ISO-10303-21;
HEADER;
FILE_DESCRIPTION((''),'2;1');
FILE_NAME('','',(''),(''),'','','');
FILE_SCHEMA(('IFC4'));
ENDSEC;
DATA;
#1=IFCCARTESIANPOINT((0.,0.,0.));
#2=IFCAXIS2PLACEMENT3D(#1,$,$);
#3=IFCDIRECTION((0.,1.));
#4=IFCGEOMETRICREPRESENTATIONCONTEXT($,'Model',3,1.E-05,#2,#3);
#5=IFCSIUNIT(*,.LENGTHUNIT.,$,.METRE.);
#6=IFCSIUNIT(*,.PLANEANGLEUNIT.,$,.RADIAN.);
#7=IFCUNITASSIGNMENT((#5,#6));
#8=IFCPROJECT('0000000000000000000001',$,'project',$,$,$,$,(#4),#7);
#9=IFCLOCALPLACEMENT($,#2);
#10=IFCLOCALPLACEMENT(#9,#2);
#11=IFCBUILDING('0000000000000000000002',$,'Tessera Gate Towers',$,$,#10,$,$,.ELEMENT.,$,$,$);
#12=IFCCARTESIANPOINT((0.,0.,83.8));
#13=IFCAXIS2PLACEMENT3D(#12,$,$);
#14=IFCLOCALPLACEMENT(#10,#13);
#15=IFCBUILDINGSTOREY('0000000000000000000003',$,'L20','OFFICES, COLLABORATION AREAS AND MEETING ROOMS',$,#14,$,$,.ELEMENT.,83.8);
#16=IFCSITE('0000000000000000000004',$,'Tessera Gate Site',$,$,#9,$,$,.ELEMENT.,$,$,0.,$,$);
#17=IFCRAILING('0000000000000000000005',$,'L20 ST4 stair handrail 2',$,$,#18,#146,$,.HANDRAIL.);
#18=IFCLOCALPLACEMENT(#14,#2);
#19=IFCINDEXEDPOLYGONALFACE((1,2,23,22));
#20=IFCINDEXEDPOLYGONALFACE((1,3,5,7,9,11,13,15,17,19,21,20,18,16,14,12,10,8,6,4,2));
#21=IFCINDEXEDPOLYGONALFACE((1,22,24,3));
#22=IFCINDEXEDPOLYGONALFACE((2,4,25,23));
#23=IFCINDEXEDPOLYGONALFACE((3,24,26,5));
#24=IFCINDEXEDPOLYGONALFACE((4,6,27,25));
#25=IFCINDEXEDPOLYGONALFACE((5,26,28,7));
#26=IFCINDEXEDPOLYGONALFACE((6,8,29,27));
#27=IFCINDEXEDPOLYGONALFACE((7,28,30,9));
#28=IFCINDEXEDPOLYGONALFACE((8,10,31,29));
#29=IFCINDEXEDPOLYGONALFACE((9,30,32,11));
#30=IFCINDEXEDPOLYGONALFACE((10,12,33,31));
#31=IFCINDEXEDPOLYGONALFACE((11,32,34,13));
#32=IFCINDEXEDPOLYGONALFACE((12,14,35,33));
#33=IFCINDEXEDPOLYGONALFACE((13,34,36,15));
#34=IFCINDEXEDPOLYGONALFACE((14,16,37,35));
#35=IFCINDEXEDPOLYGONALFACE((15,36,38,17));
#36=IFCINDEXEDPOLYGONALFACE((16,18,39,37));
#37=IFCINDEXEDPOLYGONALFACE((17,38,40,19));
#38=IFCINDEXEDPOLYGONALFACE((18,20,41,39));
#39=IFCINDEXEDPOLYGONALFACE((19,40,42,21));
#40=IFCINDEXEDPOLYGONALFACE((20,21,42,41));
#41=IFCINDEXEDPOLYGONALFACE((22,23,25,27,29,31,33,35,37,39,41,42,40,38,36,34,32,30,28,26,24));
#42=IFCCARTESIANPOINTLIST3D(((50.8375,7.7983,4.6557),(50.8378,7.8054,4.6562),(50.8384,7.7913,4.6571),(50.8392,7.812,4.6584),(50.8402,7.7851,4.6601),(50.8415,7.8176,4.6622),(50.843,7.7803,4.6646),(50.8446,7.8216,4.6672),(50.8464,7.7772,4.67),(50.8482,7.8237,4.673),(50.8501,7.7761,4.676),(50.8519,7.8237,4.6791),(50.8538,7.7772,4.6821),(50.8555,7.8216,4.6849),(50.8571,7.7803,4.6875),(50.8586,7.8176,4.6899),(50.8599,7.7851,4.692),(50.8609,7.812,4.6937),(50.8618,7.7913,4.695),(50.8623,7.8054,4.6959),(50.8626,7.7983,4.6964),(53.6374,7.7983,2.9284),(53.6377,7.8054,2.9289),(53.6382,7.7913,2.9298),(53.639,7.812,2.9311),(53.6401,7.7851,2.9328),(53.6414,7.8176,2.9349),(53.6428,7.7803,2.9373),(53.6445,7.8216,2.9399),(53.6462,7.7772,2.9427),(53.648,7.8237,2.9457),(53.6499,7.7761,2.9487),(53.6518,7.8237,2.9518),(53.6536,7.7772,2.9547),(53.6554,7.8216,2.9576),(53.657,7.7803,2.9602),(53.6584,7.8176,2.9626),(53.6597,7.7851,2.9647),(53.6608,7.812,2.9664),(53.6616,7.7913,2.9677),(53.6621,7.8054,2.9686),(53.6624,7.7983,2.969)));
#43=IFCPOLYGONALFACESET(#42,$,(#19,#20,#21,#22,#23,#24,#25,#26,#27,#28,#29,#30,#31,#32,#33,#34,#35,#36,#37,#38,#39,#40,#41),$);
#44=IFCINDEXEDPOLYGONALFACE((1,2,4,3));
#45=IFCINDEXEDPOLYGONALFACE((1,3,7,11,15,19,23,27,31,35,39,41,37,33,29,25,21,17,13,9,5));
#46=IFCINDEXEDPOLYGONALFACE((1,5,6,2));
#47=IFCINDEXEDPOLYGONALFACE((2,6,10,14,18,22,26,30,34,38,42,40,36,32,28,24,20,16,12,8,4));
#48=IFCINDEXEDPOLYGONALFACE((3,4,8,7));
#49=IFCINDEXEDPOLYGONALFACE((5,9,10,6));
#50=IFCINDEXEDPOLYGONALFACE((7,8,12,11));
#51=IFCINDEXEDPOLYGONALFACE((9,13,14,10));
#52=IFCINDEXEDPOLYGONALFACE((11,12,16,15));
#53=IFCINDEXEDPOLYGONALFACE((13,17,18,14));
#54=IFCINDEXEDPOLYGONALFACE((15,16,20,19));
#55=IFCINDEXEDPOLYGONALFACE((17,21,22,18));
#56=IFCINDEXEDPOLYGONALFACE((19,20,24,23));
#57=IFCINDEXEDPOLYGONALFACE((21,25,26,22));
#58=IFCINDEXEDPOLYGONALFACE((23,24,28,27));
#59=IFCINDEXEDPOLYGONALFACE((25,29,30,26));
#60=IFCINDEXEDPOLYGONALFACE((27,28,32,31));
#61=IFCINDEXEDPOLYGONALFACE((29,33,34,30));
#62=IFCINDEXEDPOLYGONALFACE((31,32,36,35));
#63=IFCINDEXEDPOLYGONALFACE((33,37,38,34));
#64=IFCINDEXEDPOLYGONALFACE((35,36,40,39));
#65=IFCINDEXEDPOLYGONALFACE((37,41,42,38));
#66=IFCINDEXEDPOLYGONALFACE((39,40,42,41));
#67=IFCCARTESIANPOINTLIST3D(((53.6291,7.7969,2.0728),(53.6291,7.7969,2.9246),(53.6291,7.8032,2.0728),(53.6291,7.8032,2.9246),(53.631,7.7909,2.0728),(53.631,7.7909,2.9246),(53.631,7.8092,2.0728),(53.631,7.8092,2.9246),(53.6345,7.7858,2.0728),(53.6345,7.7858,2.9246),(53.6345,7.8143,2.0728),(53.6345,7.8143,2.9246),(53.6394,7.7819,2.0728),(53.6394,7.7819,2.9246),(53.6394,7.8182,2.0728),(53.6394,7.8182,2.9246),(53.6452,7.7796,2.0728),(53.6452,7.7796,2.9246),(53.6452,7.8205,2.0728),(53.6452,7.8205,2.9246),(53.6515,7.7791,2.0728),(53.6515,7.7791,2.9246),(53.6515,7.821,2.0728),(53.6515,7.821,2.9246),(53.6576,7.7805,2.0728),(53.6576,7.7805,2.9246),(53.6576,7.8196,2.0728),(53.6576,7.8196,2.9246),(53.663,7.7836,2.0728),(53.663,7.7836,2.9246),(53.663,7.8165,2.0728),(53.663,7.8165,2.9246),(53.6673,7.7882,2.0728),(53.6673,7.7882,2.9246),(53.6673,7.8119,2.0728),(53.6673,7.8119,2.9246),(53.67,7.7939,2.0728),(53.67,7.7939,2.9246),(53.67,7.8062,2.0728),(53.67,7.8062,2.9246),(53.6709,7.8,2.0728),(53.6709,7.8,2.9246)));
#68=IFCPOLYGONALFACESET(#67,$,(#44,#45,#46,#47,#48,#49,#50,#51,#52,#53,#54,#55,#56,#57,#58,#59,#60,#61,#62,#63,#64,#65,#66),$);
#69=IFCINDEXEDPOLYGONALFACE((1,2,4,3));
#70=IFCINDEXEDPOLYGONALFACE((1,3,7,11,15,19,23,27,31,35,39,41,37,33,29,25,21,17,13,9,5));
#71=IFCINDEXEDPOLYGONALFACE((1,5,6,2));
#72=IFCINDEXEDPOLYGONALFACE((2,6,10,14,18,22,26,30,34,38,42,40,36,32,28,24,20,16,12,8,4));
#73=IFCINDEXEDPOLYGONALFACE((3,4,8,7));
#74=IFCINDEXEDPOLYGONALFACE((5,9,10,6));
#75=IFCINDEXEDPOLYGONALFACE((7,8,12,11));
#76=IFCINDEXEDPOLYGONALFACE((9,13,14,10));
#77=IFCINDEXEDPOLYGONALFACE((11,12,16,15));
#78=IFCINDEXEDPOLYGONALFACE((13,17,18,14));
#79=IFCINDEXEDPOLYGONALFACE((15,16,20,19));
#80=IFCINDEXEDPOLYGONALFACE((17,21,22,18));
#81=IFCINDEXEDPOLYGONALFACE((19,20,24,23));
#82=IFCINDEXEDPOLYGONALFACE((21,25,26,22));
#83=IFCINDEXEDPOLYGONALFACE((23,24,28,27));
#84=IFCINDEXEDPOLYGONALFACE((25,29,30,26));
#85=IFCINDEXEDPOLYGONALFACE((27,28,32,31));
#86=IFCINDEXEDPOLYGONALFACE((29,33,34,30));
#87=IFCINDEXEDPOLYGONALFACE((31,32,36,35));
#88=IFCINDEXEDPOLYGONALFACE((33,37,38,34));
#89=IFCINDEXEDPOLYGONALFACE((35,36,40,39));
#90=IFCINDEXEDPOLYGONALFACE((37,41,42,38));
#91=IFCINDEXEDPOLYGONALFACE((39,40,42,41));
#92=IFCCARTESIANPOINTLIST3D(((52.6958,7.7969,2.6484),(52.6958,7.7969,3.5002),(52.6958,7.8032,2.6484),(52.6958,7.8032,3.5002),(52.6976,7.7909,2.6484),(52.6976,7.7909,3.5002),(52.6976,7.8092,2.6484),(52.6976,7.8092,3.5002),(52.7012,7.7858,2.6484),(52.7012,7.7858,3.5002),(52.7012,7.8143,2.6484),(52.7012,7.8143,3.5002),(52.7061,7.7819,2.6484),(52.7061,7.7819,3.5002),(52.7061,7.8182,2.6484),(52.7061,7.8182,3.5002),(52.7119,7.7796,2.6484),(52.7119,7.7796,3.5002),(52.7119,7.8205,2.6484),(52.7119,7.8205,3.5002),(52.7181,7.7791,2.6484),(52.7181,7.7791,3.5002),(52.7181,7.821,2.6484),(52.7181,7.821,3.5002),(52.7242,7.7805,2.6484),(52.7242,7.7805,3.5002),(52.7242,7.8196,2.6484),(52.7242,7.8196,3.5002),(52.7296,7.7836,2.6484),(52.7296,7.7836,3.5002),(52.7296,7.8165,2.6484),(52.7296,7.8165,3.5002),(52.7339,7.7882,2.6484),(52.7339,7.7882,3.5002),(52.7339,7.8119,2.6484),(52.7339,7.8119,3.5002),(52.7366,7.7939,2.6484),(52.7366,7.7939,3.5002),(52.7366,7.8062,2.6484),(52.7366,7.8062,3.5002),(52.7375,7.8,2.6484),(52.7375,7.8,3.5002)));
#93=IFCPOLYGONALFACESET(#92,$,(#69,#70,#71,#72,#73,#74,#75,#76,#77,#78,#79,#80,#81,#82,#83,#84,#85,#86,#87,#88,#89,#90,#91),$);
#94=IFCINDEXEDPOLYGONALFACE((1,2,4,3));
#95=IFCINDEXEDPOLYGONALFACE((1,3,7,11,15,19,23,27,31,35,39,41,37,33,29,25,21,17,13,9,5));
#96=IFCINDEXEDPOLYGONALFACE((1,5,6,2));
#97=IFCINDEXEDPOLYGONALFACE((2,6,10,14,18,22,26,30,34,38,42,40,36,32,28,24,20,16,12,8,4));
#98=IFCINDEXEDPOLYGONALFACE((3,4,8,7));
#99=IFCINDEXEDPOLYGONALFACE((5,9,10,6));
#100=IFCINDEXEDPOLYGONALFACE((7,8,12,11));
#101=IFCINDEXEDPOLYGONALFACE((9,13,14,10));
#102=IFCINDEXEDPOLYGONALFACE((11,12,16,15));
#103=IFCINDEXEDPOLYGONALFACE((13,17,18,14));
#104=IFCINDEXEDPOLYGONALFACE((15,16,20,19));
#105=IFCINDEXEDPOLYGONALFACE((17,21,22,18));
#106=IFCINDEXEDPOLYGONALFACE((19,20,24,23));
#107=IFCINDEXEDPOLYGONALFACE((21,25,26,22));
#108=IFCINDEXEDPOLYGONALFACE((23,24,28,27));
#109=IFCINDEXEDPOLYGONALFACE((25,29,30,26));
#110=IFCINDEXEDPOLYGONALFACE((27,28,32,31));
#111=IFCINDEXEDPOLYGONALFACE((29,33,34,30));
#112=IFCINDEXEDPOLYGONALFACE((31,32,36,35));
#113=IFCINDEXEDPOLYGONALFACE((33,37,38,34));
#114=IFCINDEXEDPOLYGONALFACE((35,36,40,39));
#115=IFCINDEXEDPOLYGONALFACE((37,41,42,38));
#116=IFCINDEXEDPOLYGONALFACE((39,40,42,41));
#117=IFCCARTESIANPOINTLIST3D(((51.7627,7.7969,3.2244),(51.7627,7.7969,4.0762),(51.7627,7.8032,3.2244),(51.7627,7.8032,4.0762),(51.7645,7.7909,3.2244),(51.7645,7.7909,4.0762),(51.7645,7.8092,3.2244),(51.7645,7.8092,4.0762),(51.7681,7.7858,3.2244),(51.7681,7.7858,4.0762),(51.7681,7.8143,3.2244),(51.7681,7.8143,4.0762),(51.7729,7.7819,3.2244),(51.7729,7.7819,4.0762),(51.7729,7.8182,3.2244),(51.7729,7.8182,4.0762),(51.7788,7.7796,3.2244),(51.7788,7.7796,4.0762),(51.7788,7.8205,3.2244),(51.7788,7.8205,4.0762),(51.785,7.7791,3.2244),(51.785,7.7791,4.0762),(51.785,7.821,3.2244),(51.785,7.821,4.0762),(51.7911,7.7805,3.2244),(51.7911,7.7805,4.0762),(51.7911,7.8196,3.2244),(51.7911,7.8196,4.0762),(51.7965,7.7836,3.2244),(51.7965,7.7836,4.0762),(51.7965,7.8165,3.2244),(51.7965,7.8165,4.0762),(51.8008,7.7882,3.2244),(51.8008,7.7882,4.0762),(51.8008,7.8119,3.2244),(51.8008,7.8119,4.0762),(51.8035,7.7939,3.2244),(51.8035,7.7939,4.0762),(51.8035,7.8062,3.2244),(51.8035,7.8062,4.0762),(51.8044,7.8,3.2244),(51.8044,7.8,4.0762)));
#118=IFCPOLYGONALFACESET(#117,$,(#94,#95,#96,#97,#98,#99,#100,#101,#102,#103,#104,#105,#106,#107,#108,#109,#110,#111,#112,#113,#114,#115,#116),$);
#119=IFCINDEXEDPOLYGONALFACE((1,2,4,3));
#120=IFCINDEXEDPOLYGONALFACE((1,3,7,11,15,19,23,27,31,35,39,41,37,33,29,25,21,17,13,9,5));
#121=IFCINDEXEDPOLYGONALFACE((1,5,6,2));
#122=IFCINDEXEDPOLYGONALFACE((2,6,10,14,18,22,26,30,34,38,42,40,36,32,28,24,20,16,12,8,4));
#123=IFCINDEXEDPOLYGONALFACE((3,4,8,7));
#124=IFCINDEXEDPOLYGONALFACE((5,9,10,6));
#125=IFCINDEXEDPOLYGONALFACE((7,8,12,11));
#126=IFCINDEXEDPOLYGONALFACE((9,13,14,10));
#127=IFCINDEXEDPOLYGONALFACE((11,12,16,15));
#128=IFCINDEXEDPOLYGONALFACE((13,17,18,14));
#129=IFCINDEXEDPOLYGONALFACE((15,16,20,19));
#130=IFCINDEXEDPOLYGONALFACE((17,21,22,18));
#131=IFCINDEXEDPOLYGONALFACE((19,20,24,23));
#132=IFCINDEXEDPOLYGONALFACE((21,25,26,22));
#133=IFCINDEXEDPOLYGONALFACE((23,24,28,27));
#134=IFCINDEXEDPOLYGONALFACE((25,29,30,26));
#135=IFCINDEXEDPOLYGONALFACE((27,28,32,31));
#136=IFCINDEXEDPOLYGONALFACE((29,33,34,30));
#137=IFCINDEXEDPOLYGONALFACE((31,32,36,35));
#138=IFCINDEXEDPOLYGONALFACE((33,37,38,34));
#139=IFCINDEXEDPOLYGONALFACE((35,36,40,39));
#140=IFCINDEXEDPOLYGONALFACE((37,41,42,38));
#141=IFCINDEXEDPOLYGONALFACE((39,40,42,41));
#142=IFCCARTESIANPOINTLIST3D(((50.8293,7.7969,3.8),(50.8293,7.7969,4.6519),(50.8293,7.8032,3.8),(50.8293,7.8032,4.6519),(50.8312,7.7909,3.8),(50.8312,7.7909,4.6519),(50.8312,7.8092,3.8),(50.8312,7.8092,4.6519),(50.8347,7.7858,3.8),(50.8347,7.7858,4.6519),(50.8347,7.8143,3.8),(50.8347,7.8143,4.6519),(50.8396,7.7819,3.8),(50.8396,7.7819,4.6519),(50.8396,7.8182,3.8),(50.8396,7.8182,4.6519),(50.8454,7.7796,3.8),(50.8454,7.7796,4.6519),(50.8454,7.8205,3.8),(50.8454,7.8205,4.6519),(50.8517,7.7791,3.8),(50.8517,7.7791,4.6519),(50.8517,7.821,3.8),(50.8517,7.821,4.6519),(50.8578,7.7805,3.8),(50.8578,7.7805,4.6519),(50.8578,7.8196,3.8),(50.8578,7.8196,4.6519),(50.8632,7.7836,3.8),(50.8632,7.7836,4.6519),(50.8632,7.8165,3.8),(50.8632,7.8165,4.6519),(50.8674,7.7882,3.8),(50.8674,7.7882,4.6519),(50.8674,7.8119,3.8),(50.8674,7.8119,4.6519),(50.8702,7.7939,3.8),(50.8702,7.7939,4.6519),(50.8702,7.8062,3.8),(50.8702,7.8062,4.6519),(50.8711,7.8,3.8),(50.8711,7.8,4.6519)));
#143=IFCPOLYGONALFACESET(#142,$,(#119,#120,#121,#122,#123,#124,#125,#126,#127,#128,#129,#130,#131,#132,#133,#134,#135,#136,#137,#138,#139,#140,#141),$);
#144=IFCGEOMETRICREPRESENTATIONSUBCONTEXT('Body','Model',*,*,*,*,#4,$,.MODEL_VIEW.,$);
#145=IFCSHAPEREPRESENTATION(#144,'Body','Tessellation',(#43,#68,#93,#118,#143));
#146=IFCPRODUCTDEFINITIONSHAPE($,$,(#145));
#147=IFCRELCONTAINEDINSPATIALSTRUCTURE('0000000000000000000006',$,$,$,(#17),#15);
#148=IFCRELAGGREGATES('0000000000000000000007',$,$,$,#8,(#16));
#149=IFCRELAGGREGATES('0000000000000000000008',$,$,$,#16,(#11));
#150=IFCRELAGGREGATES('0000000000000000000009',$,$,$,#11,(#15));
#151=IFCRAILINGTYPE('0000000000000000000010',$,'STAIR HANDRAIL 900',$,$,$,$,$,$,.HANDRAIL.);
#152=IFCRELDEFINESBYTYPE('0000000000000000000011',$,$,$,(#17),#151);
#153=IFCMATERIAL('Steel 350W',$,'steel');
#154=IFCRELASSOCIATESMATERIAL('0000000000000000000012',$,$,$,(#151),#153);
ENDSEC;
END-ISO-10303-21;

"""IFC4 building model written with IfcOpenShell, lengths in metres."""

from ifc_helpers import new_model, si_unit, direction, frame, origin, origin_2d, place, context, subcontext, project, spatial, circle, extrude, material, type_object, element, save


model = new_model("IFC4")

# Units and contexts
model_context = context("Model", 3, precision=1e-05, world=origin(), true_north=direction((0.0, 1.0)))
body_context = subcontext(model_context, "Body", "Model", "MODEL_VIEW")
ifc_project = project(units=[si_unit("LENGTHUNIT", "METRE"), si_unit("PLANEANGLEUNIT", "RADIAN")], contexts=[model_context])

# Site, building, storey
site_placement = place(None, origin())
site = spatial("IfcSite", under=ifc_project, at=site_placement, Name="Tessera Gate Site", CompositionType="ELEMENT", RefElevation=0.0)
building_placement = place(site_placement, origin())
building = spatial("IfcBuilding", under=site, at=building_placement, Name="Tessera Gate Towers", CompositionType="ELEMENT")
storey_placement = place(building_placement, frame((0.0, 0.0, 83.8)))
storey = spatial("IfcBuildingStorey", under=building, at=storey_placement, Name="L20", Description="OFFICES, COLLABORATION AREAS AND MEETING ROOMS", CompositionType="ELEMENT", Elevation=83.8)

# Railing
ifc_material_1 = material(Name="Steel 350W", Category="steel")
railing_type_1 = type_object("IfcRailingType", Name="STAIR HANDRAIL 900", PredefinedType="HANDRAIL", material=ifc_material_1)
railing_1_placement = place(storey_placement, frame((53.6499, 7.8, 2.0728)))
element("IfcRailing", 1, at=railing_1_placement, inside=storey, type_object=railing_type_1, Name="L20 ST4 stair handrail 2", PredefinedType="HANDRAIL", context=body_context, shape_type="SweptSolid", body=[
    extrude(circle(Radius=0.0239, at=origin_2d()), frame((0.0, 0.0, 0.876), z_axis=(-0.851069, 0.0, 0.525054), x_axis=(0.0, -1.0, 0.0)), (0.0, 0.0, 1.0), 3.2898),
    extrude(circle(Radius=0.021, at=origin_2d()), origin(), (0.0, 0.0, 1.0), 0.8518),
    extrude(circle(Radius=0.021, at=origin_2d()), frame((-0.9333, 0.0, 0.5757)), (0.0, 0.0, 1.0), 0.8518),
    extrude(circle(Radius=0.021, at=origin_2d()), frame((-1.8665, 0.0, 1.1516)), (0.0, 0.0, 1.0), 0.8518),
    extrude(circle(Radius=0.021, at=origin_2d()), frame((-2.7998, 0.0, 1.7273)), (0.0, 0.0, 1.0), 0.8518),
])

save(model, "model.ifc")
